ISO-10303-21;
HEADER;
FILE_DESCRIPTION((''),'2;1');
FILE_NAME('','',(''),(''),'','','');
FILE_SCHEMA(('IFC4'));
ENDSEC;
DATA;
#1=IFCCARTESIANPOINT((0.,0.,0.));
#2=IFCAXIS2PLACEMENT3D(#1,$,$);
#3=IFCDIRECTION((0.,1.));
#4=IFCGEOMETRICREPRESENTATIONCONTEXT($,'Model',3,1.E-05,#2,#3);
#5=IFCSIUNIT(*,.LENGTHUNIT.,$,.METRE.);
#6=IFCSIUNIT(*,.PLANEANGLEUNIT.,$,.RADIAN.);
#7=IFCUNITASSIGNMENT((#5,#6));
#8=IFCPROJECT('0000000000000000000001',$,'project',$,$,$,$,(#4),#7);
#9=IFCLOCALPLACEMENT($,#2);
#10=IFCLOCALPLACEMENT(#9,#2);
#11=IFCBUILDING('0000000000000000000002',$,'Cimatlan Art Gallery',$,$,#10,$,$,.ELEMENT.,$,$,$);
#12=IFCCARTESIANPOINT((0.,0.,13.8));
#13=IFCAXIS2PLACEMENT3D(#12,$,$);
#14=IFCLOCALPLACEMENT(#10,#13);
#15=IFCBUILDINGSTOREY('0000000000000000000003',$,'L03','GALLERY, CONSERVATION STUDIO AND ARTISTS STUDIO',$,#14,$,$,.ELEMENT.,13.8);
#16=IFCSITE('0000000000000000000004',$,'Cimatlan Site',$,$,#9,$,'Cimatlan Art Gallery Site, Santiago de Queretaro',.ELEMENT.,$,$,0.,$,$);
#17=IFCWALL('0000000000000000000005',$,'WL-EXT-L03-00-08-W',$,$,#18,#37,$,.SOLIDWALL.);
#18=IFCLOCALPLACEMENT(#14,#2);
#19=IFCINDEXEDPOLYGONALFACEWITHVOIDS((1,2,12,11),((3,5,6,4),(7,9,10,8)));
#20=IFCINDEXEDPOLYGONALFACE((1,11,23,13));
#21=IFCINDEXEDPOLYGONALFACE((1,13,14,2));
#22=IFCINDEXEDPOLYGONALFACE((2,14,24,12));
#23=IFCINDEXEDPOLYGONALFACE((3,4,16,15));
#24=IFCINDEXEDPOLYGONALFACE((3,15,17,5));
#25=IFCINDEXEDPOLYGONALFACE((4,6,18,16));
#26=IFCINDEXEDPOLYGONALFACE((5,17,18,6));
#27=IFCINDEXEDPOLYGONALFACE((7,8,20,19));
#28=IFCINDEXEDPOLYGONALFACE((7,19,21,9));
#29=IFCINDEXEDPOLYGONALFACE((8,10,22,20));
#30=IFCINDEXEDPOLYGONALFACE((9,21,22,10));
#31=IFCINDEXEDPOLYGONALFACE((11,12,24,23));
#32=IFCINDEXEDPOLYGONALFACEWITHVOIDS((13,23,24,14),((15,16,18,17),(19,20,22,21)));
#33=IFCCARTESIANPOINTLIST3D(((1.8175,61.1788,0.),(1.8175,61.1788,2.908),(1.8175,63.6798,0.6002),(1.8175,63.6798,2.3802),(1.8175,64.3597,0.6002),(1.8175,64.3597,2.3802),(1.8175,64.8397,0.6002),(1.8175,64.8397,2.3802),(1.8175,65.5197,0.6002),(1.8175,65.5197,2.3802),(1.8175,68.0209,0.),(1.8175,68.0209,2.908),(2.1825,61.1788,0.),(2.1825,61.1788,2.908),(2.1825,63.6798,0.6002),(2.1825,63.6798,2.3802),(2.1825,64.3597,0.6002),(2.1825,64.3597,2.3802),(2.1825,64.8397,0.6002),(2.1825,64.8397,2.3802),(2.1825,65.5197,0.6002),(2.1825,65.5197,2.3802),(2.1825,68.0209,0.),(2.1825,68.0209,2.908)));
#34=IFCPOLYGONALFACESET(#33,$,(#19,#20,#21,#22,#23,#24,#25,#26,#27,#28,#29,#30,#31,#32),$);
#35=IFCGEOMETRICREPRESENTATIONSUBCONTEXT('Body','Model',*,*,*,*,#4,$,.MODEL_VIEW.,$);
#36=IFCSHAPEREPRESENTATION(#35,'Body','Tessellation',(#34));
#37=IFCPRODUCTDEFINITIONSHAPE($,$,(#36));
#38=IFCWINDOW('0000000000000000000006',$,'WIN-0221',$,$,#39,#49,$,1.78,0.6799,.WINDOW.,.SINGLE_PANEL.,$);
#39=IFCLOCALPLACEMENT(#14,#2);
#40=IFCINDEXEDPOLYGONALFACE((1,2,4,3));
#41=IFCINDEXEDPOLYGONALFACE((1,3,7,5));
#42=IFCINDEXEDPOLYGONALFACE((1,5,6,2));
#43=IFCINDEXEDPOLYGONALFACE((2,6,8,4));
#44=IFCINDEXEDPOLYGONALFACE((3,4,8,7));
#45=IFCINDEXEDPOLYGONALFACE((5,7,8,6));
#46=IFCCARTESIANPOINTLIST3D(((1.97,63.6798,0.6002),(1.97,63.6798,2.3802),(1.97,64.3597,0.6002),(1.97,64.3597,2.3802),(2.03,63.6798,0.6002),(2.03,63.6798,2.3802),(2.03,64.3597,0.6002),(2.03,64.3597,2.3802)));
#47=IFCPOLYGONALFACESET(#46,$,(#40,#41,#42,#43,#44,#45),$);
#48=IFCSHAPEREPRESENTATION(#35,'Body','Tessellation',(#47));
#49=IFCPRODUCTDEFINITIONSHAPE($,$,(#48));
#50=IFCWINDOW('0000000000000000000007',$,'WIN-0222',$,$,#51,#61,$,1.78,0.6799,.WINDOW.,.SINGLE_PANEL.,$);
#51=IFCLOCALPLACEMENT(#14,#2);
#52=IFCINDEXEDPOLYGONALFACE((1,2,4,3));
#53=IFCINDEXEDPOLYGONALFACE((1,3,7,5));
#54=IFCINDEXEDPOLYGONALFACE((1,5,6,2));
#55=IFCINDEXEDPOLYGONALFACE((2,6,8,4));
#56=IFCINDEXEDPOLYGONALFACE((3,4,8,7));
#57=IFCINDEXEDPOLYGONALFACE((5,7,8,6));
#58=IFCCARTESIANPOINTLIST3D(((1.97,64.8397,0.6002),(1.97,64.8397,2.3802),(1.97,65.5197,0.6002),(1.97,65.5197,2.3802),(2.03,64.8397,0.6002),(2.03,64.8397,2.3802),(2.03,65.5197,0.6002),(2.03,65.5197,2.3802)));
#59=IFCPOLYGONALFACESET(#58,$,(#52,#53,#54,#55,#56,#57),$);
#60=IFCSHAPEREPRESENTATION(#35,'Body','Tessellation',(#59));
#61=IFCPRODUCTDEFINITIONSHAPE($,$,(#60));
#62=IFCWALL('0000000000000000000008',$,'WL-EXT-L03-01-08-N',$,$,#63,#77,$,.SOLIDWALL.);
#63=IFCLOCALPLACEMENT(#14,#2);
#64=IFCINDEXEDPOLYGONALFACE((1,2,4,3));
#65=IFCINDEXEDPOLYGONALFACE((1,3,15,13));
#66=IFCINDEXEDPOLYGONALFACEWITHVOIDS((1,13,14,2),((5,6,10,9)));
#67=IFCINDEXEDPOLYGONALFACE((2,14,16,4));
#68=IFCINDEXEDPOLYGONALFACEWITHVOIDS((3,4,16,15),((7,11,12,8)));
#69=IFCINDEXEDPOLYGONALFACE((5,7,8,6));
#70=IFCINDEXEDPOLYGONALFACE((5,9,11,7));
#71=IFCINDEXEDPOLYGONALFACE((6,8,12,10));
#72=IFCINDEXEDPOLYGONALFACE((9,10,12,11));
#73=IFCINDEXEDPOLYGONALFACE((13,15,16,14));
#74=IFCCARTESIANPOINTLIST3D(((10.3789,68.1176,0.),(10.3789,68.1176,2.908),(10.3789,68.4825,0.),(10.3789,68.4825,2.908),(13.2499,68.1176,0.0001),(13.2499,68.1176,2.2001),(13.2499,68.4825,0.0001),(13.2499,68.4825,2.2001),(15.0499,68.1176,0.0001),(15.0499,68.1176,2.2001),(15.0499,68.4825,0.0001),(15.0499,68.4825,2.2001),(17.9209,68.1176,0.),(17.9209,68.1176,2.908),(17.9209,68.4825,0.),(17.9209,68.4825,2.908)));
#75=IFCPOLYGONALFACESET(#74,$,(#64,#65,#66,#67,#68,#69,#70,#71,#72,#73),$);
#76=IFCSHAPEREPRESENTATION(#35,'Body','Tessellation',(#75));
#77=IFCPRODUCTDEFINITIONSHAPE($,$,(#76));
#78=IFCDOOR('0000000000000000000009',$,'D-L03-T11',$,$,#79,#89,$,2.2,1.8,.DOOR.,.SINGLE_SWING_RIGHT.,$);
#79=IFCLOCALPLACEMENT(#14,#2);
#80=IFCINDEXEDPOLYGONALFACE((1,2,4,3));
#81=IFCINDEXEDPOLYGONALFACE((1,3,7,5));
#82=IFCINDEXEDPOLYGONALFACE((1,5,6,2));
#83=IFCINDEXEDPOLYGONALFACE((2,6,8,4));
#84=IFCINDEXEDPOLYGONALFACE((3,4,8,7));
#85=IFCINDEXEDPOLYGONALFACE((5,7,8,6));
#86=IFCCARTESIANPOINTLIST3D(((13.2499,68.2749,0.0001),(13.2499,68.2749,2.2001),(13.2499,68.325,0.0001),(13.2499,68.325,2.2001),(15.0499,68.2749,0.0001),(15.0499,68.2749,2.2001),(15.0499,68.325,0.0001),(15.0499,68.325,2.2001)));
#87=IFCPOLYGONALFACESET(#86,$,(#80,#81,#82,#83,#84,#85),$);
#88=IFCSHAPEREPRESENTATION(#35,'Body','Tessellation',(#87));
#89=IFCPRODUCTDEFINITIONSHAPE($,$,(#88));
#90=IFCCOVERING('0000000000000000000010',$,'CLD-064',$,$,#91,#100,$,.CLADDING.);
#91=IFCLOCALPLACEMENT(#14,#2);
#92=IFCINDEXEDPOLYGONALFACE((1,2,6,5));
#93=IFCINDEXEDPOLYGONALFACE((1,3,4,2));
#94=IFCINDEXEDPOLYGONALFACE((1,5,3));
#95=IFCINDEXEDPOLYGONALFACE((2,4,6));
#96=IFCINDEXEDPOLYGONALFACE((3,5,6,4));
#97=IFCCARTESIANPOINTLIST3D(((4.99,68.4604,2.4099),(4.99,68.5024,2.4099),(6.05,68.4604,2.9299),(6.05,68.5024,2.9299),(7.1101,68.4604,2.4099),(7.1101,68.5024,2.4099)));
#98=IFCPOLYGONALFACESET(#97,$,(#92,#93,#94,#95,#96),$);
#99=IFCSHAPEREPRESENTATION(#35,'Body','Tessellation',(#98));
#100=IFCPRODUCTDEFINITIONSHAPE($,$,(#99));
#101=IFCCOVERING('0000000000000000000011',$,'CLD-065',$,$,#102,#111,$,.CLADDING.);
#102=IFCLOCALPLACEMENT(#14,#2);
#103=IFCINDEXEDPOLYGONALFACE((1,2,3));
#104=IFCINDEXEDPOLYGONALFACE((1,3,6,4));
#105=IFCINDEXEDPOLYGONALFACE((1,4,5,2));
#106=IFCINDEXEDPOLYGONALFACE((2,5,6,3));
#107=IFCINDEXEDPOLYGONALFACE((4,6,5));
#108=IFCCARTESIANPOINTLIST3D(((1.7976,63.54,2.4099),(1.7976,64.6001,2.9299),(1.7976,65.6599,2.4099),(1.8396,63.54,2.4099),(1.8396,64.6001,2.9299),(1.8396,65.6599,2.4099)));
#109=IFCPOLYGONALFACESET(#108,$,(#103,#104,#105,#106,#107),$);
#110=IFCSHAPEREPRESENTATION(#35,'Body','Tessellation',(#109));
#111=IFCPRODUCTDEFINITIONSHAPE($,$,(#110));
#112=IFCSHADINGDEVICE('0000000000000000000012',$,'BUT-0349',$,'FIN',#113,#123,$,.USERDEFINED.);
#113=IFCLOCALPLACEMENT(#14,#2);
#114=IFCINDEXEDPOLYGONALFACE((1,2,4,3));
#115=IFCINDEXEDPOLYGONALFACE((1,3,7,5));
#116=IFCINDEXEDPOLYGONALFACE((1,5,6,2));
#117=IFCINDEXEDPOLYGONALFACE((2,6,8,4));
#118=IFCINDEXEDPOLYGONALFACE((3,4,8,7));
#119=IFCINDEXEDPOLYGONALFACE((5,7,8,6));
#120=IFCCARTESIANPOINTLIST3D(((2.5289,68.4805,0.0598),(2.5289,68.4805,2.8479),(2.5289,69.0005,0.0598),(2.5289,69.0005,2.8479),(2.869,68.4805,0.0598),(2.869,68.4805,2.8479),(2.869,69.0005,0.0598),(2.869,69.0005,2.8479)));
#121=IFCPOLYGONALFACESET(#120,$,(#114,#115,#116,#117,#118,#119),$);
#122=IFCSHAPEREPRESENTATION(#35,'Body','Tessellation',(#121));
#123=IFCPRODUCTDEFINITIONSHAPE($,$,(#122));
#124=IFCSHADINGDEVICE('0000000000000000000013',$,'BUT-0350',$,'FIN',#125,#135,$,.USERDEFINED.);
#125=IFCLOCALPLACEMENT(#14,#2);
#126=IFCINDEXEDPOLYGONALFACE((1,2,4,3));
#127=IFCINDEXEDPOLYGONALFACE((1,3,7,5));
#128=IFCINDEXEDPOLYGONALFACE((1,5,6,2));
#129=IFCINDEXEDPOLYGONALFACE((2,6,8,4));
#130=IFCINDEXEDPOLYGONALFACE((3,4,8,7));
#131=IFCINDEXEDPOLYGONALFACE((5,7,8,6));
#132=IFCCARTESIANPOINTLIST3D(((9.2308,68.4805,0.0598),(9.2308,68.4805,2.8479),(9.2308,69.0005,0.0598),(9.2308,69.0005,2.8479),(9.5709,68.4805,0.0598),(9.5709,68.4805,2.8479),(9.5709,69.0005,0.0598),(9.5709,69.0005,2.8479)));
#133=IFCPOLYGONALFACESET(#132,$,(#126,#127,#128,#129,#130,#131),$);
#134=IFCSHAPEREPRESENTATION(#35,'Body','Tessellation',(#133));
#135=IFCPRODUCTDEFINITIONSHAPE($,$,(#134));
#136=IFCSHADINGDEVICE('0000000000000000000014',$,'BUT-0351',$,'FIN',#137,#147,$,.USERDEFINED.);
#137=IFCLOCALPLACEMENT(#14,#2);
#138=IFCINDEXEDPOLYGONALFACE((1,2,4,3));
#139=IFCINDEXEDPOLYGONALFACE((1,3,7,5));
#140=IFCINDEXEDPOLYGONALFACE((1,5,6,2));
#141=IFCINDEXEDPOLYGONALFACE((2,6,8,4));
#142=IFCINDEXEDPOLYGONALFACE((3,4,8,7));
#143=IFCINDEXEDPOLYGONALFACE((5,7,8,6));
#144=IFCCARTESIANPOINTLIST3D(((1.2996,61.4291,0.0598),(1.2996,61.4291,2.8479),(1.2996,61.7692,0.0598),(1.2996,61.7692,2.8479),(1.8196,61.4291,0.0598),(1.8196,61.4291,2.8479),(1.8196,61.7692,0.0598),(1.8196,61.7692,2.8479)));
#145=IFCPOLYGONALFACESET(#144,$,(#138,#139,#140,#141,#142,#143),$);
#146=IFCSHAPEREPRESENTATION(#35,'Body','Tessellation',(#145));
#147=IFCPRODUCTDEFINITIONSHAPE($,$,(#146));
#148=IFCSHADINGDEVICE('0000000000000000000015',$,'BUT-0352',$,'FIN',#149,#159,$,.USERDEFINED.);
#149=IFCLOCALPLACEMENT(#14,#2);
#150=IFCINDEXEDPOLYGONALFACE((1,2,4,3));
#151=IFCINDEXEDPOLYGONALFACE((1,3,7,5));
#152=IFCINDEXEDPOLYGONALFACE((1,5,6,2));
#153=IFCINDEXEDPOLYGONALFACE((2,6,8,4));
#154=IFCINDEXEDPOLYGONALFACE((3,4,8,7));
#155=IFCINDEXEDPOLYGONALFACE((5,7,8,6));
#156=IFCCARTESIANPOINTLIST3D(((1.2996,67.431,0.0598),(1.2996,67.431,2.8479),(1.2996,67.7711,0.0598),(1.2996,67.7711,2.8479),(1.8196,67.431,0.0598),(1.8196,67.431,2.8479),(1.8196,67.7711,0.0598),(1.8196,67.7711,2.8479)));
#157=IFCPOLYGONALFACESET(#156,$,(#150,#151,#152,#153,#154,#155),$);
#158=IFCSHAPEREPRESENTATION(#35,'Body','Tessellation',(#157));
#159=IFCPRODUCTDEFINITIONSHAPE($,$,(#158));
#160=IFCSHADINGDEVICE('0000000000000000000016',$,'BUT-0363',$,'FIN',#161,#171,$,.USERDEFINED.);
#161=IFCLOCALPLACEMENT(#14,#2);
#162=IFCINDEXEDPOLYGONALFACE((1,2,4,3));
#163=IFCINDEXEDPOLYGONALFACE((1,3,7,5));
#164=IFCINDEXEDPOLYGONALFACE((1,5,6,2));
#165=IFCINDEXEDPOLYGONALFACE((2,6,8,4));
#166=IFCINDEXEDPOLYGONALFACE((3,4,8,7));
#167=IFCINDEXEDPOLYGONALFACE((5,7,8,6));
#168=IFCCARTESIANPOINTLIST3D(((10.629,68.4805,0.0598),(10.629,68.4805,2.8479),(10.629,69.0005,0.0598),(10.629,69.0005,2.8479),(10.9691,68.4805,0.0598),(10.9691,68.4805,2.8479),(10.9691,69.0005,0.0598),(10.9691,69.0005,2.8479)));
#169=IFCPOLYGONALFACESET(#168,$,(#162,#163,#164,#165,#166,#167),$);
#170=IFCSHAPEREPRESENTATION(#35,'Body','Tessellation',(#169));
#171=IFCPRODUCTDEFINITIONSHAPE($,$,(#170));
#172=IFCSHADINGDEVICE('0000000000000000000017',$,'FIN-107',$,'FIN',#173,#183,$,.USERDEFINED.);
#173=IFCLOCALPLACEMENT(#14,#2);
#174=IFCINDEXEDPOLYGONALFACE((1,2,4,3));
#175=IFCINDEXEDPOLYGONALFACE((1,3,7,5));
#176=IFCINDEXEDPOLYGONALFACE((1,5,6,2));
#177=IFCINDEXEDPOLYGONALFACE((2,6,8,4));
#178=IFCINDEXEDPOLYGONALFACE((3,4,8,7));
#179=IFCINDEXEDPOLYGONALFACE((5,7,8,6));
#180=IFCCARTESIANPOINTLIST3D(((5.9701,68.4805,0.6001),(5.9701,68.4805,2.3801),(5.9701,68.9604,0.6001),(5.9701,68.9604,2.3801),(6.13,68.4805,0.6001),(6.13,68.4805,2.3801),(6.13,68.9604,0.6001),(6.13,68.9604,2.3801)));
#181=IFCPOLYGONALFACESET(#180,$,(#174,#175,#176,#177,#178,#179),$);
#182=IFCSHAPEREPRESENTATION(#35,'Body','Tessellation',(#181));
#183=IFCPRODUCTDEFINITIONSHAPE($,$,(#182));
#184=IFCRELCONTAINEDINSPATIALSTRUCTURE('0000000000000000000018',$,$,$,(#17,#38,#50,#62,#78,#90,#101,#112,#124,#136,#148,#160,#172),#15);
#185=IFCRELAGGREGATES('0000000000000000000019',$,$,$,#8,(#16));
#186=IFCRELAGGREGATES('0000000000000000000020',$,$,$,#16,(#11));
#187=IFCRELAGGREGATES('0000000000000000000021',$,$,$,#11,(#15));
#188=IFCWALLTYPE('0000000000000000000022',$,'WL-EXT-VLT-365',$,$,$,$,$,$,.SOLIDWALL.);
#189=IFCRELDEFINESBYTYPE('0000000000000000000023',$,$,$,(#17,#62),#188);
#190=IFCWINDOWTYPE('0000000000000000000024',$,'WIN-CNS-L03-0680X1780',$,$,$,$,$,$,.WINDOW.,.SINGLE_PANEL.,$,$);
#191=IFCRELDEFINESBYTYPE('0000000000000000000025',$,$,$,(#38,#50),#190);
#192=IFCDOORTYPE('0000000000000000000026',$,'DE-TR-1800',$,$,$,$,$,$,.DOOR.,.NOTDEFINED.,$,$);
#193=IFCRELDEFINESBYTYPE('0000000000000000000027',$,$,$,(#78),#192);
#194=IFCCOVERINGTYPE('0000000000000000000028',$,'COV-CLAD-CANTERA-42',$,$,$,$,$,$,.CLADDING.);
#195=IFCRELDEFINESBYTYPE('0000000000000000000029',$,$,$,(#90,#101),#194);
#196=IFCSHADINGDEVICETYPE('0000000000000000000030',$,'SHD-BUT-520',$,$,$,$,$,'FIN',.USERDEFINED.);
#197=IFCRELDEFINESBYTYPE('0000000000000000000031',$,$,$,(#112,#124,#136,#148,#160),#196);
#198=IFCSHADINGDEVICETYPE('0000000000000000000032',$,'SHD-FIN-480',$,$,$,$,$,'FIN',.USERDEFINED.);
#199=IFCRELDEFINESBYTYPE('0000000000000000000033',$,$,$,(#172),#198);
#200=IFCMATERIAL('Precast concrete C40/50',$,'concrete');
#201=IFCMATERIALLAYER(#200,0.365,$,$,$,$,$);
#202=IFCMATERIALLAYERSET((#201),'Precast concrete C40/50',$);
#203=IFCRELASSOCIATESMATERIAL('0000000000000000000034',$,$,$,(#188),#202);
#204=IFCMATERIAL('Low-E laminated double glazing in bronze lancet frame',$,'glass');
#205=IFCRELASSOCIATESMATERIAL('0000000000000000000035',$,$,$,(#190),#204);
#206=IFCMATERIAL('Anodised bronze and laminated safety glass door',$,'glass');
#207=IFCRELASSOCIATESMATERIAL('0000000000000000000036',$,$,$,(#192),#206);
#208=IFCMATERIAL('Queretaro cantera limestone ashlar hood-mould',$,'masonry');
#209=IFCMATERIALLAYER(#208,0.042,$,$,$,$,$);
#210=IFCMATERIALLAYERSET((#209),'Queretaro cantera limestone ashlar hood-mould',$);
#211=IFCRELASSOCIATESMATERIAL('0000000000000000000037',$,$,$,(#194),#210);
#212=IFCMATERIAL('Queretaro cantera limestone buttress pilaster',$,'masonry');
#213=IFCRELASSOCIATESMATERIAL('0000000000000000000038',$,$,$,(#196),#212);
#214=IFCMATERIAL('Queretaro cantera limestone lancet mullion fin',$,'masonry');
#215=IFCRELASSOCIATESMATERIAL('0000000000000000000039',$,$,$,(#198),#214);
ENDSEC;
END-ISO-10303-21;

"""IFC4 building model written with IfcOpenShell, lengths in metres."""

from ifc_helpers import new_model, si_unit, direction, frame, frame_2d, origin, origin_2d, place, context, subcontext, project, spatial, polyline, rectangle, outline, extrude, material, layer, layer_set, type_object, element, fill, save


model = new_model("IFC4")

# Units and contexts
model_context = context("Model", 3, precision=1e-05, world=origin(), true_north=direction((0.0, 1.0)))
body_context = subcontext(model_context, "Body", "Model", "MODEL_VIEW")
ifc_project = project(units=[si_unit("LENGTHUNIT", "METRE"), si_unit("PLANEANGLEUNIT", "RADIAN")], contexts=[model_context])

# Site, building, storey
site_placement = place(None, origin())
site = spatial("IfcSite", under=ifc_project, at=site_placement, Name="Cimatlan Site", LongName="Cimatlan Art Gallery Site, Santiago de Queretaro", CompositionType="ELEMENT", RefElevation=0.0)
building_placement = place(site_placement, origin())
building = spatial("IfcBuilding", under=site, at=building_placement, Name="Cimatlan Art Gallery", CompositionType="ELEMENT")
storey_placement = place(building_placement, frame((0.0, 0.0, 13.8)))
storey = spatial("IfcBuildingStorey", under=building, at=storey_placement, Name="L03", Description="GALLERY, CONSERVATION STUDIO AND ARTISTS STUDIO", CompositionType="ELEMENT", Elevation=13.8)

# Wall, openings, windows
ifc_material_1 = material(Name="Precast concrete C40/50", Category="concrete")
ifc_layer_1 = layer(ifc_material_1, 0.365)
ifc_layer_set_1 = layer_set([ifc_layer_1], Name="Precast concrete C40/50")
wall_type = type_object("IfcWallType", Name="WL-EXT-VLT-365", PredefinedType="SOLIDWALL", material=ifc_layer_set_1)
ifc_material_2 = material(Name="Low-E laminated double glazing in bronze lancet frame", Category="glass")
window_type = type_object("IfcWindowType", Name="WIN-CNS-L03-0680X1780", PartitioningType="SINGLE_PANEL", PredefinedType="WINDOW", material=ifc_material_2)
wall_1_placement = place(storey_placement, frame((2.0, 61.179, 0.0), z_axis=(0.0, 0.0, 1.0), x_axis=(0.0, 1.0, 0.0)))
wall_1 = element("IfcWall", 1, at=wall_1_placement, inside=storey, type_object=wall_type, Name="WL-EXT-L03-00-08-W", PredefinedType="SOLIDWALL", context=body_context, shape_type="SweptSolid", body=[
    extrude(rectangle(XDim=6.842, YDim=0.365, at=frame_2d((3.4209, 0.0))), origin(), (0.0, 0.0, 1.0), 2.908),
])
opening_1_placement = place(wall_1_placement, frame((2.501, 0.0, 0.6001)))
opening_1 = element("IfcOpeningElement", 2, at=opening_1_placement, cuts=wall_1, PredefinedType="OPENING", context=body_context, shape_type="SweptSolid", body=[
    extrude(rectangle(XDim=0.6799, YDim=1.78, at=frame_2d((0.3398, 0.8901))), frame((0.0, 0.1924, 0.0), z_axis=(0.0, -1.0, 0.0), x_axis=(1.0, 0.0, 0.0)), (0.0, 0.0, 1.0), 0.385),
])
opening_2_placement = place(wall_1_placement, frame((3.6609, 0.0, 0.6001)))
opening_2 = element("IfcOpeningElement", 3, at=opening_2_placement, cuts=wall_1, PredefinedType="OPENING", context=body_context, shape_type="SweptSolid", body=[
    extrude(rectangle(XDim=0.6799, YDim=1.78, at=frame_2d((0.3398, 0.8901))), frame((0.0, 0.1924, 0.0), z_axis=(0.0, -1.0, 0.0), x_axis=(1.0, 0.0, 0.0)), (0.0, 0.0, 1.0), 0.385),
])
window_1_placement = place(opening_1_placement, origin())
window_1 = element("IfcWindow", 4, at=window_1_placement, inside=storey, type_object=window_type, Name="WIN-0221", OverallHeight=1.78, OverallWidth=0.6799, PartitioningType="SINGLE_PANEL", PredefinedType="WINDOW", context=body_context, shape_type="SweptSolid", body=[
    extrude(rectangle(XDim=0.6799, YDim=1.78, at=frame_2d((0.3398, 0.8901))), frame((0.0, 0.03, 0.0), z_axis=(0.0, -1.0, 0.0), x_axis=(1.0, 0.0, 0.0)), (0.0, 0.0, 1.0), 0.0601),
])
fill(opening_1, window_1)
window_2_placement = place(opening_2_placement, origin())
window_2 = element("IfcWindow", 5, at=window_2_placement, inside=storey, type_object=window_type, Name="WIN-0222", OverallHeight=1.78, OverallWidth=0.6799, PartitioningType="SINGLE_PANEL", PredefinedType="WINDOW", context=body_context, shape_type="SweptSolid", body=[
    extrude(rectangle(XDim=0.6799, YDim=1.78, at=frame_2d((0.3398, 0.8901))), frame((0.0, 0.03, 0.0), z_axis=(0.0, -1.0, 0.0), x_axis=(1.0, 0.0, 0.0)), (0.0, 0.0, 1.0), 0.0601),
])
fill(opening_2, window_2)

# Wall, opening, door
wall_2_placement = place(storey_placement, frame((10.3789, 68.3, 0.0), z_axis=(0.0, 0.0, 1.0), x_axis=(1.0, 0.0, 0.0)))
wall_2 = element("IfcWall", 6, at=wall_2_placement, inside=storey, type_object=wall_type, Name="WL-EXT-L03-01-08-N", PredefinedType="SOLIDWALL", context=body_context, shape_type="SweptSolid", body=[
    extrude(rectangle(XDim=7.542, YDim=0.365, at=frame_2d((3.771, 0.0))), origin(), (0.0, 0.0, 1.0), 2.908),
])
opening_3_placement = place(wall_2_placement, frame((2.8711, 0.0, 0.0)))
opening_3 = element("IfcOpeningElement", 7, at=opening_3_placement, cuts=wall_2, PredefinedType="OPENING", context=body_context, shape_type="SweptSolid", body=[
    extrude(rectangle(XDim=1.8, YDim=2.2, at=frame_2d((0.8999, 1.1001))), frame((0.0, 0.1924, 0.0), z_axis=(0.0, -1.0, 0.0), x_axis=(1.0, 0.0, 0.0)), (0.0, 0.0, 1.0), 0.385),
])
ifc_material_3 = material(Name="Anodised bronze and laminated safety glass door", Category="glass")
door_type = type_object("IfcDoorType", Name="DE-TR-1800", OperationType="NOTDEFINED", PredefinedType="DOOR", material=ifc_material_3)
door_placement = place(opening_3_placement, origin())
door = element("IfcDoor", 8, at=door_placement, inside=storey, type_object=door_type, Name="D-L03-T11", OperationType="SINGLE_SWING_RIGHT", OverallHeight=2.2, OverallWidth=1.8, PredefinedType="DOOR", context=body_context, shape_type="SweptSolid", body=[
    extrude(rectangle(XDim=1.8, YDim=2.2, at=frame_2d((0.8999, 1.1001))), frame((0.0, 0.0249, 0.0), z_axis=(0.0, -1.0, 0.0), x_axis=(1.0, 0.0, 0.0)), (0.0, 0.0, 1.0), 0.05),
])
fill(opening_3, door)

# Coverings
ifc_material_4 = material(Name="Queretaro cantera limestone ashlar hood-mould", Category="masonry")
ifc_layer_2 = layer(ifc_material_4, 0.042)
ifc_layer_set_2 = layer_set([ifc_layer_2], Name="Queretaro cantera limestone ashlar hood-mould")
covering_type = type_object("IfcCoveringType", Name="COV-CLAD-CANTERA-42", PredefinedType="CLADDING", material=ifc_layer_set_2)
covering_1_placement = place(storey_placement, frame((4.99, 68.4604, 2.4099), z_axis=(0.0, -1.0, 0.0), x_axis=(1.0, 0.0, 0.0)))
element("IfcCovering", 9, at=covering_1_placement, inside=storey, type_object=covering_type, Name="CLD-064", PredefinedType="CLADDING", context=body_context, shape_type="SweptSolid", body=[
    extrude(outline(polyline([(0.0, 0.0), (2.1201, 0.0), (1.0601, 0.52), (0.0, 0.0)])), origin(), (0.0, 0.0, -1.0), 0.042),
])
covering_2_placement = place(storey_placement, frame((1.8396, 63.54, 2.4099), z_axis=(1.0, 0.0, 0.0), x_axis=(0.0, 1.0, 0.0)))
element("IfcCovering", 10, at=covering_2_placement, inside=storey, type_object=covering_type, Name="CLD-065", PredefinedType="CLADDING", context=body_context, shape_type="SweptSolid", body=[
    extrude(outline(polyline([(0.0, 0.0), (2.1199, 0.0), (1.0601, 0.52), (0.0, 0.0)])), origin(), (0.0, 0.0, -1.0), 0.042),
])

# Shading devices
ifc_material_5 = material(Name="Queretaro cantera limestone buttress pilaster", Category="masonry")
shading_device_type_1 = type_object("IfcShadingDeviceType", Name="SHD-BUT-520", ElementType="FIN", PredefinedType="USERDEFINED", material=ifc_material_5)
for number, where, z_axis, x_axis, name in (
    (11, (2.699, 68.7405, 0.0598), (0.0, 0.0, 1.0), (1.0, 0.0, 0.0), "BUT-0349"),
    (12, (9.4009, 68.7405, 0.0598), (0.0, 0.0, 1.0), (1.0, 0.0, 0.0), "BUT-0350"),
    (13, (1.5596, 61.5991, 0.0598), (0.0, 0.0, 1.0), (0.0, 1.0, 0.0), "BUT-0351"),
    (14, (1.5596, 67.6011, 0.0598), (0.0, 0.0, 1.0), (0.0, 1.0, 0.0), "BUT-0352"),
    (15, (10.7991, 68.7405, 0.0598), (0.0, 0.0, 1.0), (1.0, 0.0, 0.0), "BUT-0363"),
):
    element("IfcShadingDevice", number, at=place(storey_placement, frame(where, z_axis=z_axis, x_axis=x_axis)), inside=storey, type_object=shading_device_type_1, Name=name, ObjectType="FIN", PredefinedType="USERDEFINED", context=body_context, shape_type="SweptSolid", body=[
        extrude(rectangle(XDim=0.3401, YDim=0.52, at=origin_2d()), origin(), (0.0, 0.0, 1.0), 2.7881),
    ])
ifc_material_6 = material(Name="Queretaro cantera limestone lancet mullion fin", Category="masonry")
shading_device_type_2 = type_object("IfcShadingDeviceType", Name="SHD-FIN-480", ElementType="FIN", PredefinedType="USERDEFINED", material=ifc_material_6)
for number, where, z_axis, x_axis, name in (
    (16, (6.05, 68.7205, 0.6001), (0.0, 0.0, 1.0), (1.0, 0.0, 0.0), "FIN-107"),
):
    element("IfcShadingDevice", number, at=place(storey_placement, frame(where, z_axis=z_axis, x_axis=x_axis)), inside=storey, type_object=shading_device_type_2, Name=name, ObjectType="FIN", PredefinedType="USERDEFINED", context=body_context, shape_type="SweptSolid", body=[
        extrude(rectangle(XDim=0.1599, YDim=0.48, at=origin_2d()), origin(), (0.0, 0.0, 1.0), 1.78),
    ])

save(model, "model.ifc")
